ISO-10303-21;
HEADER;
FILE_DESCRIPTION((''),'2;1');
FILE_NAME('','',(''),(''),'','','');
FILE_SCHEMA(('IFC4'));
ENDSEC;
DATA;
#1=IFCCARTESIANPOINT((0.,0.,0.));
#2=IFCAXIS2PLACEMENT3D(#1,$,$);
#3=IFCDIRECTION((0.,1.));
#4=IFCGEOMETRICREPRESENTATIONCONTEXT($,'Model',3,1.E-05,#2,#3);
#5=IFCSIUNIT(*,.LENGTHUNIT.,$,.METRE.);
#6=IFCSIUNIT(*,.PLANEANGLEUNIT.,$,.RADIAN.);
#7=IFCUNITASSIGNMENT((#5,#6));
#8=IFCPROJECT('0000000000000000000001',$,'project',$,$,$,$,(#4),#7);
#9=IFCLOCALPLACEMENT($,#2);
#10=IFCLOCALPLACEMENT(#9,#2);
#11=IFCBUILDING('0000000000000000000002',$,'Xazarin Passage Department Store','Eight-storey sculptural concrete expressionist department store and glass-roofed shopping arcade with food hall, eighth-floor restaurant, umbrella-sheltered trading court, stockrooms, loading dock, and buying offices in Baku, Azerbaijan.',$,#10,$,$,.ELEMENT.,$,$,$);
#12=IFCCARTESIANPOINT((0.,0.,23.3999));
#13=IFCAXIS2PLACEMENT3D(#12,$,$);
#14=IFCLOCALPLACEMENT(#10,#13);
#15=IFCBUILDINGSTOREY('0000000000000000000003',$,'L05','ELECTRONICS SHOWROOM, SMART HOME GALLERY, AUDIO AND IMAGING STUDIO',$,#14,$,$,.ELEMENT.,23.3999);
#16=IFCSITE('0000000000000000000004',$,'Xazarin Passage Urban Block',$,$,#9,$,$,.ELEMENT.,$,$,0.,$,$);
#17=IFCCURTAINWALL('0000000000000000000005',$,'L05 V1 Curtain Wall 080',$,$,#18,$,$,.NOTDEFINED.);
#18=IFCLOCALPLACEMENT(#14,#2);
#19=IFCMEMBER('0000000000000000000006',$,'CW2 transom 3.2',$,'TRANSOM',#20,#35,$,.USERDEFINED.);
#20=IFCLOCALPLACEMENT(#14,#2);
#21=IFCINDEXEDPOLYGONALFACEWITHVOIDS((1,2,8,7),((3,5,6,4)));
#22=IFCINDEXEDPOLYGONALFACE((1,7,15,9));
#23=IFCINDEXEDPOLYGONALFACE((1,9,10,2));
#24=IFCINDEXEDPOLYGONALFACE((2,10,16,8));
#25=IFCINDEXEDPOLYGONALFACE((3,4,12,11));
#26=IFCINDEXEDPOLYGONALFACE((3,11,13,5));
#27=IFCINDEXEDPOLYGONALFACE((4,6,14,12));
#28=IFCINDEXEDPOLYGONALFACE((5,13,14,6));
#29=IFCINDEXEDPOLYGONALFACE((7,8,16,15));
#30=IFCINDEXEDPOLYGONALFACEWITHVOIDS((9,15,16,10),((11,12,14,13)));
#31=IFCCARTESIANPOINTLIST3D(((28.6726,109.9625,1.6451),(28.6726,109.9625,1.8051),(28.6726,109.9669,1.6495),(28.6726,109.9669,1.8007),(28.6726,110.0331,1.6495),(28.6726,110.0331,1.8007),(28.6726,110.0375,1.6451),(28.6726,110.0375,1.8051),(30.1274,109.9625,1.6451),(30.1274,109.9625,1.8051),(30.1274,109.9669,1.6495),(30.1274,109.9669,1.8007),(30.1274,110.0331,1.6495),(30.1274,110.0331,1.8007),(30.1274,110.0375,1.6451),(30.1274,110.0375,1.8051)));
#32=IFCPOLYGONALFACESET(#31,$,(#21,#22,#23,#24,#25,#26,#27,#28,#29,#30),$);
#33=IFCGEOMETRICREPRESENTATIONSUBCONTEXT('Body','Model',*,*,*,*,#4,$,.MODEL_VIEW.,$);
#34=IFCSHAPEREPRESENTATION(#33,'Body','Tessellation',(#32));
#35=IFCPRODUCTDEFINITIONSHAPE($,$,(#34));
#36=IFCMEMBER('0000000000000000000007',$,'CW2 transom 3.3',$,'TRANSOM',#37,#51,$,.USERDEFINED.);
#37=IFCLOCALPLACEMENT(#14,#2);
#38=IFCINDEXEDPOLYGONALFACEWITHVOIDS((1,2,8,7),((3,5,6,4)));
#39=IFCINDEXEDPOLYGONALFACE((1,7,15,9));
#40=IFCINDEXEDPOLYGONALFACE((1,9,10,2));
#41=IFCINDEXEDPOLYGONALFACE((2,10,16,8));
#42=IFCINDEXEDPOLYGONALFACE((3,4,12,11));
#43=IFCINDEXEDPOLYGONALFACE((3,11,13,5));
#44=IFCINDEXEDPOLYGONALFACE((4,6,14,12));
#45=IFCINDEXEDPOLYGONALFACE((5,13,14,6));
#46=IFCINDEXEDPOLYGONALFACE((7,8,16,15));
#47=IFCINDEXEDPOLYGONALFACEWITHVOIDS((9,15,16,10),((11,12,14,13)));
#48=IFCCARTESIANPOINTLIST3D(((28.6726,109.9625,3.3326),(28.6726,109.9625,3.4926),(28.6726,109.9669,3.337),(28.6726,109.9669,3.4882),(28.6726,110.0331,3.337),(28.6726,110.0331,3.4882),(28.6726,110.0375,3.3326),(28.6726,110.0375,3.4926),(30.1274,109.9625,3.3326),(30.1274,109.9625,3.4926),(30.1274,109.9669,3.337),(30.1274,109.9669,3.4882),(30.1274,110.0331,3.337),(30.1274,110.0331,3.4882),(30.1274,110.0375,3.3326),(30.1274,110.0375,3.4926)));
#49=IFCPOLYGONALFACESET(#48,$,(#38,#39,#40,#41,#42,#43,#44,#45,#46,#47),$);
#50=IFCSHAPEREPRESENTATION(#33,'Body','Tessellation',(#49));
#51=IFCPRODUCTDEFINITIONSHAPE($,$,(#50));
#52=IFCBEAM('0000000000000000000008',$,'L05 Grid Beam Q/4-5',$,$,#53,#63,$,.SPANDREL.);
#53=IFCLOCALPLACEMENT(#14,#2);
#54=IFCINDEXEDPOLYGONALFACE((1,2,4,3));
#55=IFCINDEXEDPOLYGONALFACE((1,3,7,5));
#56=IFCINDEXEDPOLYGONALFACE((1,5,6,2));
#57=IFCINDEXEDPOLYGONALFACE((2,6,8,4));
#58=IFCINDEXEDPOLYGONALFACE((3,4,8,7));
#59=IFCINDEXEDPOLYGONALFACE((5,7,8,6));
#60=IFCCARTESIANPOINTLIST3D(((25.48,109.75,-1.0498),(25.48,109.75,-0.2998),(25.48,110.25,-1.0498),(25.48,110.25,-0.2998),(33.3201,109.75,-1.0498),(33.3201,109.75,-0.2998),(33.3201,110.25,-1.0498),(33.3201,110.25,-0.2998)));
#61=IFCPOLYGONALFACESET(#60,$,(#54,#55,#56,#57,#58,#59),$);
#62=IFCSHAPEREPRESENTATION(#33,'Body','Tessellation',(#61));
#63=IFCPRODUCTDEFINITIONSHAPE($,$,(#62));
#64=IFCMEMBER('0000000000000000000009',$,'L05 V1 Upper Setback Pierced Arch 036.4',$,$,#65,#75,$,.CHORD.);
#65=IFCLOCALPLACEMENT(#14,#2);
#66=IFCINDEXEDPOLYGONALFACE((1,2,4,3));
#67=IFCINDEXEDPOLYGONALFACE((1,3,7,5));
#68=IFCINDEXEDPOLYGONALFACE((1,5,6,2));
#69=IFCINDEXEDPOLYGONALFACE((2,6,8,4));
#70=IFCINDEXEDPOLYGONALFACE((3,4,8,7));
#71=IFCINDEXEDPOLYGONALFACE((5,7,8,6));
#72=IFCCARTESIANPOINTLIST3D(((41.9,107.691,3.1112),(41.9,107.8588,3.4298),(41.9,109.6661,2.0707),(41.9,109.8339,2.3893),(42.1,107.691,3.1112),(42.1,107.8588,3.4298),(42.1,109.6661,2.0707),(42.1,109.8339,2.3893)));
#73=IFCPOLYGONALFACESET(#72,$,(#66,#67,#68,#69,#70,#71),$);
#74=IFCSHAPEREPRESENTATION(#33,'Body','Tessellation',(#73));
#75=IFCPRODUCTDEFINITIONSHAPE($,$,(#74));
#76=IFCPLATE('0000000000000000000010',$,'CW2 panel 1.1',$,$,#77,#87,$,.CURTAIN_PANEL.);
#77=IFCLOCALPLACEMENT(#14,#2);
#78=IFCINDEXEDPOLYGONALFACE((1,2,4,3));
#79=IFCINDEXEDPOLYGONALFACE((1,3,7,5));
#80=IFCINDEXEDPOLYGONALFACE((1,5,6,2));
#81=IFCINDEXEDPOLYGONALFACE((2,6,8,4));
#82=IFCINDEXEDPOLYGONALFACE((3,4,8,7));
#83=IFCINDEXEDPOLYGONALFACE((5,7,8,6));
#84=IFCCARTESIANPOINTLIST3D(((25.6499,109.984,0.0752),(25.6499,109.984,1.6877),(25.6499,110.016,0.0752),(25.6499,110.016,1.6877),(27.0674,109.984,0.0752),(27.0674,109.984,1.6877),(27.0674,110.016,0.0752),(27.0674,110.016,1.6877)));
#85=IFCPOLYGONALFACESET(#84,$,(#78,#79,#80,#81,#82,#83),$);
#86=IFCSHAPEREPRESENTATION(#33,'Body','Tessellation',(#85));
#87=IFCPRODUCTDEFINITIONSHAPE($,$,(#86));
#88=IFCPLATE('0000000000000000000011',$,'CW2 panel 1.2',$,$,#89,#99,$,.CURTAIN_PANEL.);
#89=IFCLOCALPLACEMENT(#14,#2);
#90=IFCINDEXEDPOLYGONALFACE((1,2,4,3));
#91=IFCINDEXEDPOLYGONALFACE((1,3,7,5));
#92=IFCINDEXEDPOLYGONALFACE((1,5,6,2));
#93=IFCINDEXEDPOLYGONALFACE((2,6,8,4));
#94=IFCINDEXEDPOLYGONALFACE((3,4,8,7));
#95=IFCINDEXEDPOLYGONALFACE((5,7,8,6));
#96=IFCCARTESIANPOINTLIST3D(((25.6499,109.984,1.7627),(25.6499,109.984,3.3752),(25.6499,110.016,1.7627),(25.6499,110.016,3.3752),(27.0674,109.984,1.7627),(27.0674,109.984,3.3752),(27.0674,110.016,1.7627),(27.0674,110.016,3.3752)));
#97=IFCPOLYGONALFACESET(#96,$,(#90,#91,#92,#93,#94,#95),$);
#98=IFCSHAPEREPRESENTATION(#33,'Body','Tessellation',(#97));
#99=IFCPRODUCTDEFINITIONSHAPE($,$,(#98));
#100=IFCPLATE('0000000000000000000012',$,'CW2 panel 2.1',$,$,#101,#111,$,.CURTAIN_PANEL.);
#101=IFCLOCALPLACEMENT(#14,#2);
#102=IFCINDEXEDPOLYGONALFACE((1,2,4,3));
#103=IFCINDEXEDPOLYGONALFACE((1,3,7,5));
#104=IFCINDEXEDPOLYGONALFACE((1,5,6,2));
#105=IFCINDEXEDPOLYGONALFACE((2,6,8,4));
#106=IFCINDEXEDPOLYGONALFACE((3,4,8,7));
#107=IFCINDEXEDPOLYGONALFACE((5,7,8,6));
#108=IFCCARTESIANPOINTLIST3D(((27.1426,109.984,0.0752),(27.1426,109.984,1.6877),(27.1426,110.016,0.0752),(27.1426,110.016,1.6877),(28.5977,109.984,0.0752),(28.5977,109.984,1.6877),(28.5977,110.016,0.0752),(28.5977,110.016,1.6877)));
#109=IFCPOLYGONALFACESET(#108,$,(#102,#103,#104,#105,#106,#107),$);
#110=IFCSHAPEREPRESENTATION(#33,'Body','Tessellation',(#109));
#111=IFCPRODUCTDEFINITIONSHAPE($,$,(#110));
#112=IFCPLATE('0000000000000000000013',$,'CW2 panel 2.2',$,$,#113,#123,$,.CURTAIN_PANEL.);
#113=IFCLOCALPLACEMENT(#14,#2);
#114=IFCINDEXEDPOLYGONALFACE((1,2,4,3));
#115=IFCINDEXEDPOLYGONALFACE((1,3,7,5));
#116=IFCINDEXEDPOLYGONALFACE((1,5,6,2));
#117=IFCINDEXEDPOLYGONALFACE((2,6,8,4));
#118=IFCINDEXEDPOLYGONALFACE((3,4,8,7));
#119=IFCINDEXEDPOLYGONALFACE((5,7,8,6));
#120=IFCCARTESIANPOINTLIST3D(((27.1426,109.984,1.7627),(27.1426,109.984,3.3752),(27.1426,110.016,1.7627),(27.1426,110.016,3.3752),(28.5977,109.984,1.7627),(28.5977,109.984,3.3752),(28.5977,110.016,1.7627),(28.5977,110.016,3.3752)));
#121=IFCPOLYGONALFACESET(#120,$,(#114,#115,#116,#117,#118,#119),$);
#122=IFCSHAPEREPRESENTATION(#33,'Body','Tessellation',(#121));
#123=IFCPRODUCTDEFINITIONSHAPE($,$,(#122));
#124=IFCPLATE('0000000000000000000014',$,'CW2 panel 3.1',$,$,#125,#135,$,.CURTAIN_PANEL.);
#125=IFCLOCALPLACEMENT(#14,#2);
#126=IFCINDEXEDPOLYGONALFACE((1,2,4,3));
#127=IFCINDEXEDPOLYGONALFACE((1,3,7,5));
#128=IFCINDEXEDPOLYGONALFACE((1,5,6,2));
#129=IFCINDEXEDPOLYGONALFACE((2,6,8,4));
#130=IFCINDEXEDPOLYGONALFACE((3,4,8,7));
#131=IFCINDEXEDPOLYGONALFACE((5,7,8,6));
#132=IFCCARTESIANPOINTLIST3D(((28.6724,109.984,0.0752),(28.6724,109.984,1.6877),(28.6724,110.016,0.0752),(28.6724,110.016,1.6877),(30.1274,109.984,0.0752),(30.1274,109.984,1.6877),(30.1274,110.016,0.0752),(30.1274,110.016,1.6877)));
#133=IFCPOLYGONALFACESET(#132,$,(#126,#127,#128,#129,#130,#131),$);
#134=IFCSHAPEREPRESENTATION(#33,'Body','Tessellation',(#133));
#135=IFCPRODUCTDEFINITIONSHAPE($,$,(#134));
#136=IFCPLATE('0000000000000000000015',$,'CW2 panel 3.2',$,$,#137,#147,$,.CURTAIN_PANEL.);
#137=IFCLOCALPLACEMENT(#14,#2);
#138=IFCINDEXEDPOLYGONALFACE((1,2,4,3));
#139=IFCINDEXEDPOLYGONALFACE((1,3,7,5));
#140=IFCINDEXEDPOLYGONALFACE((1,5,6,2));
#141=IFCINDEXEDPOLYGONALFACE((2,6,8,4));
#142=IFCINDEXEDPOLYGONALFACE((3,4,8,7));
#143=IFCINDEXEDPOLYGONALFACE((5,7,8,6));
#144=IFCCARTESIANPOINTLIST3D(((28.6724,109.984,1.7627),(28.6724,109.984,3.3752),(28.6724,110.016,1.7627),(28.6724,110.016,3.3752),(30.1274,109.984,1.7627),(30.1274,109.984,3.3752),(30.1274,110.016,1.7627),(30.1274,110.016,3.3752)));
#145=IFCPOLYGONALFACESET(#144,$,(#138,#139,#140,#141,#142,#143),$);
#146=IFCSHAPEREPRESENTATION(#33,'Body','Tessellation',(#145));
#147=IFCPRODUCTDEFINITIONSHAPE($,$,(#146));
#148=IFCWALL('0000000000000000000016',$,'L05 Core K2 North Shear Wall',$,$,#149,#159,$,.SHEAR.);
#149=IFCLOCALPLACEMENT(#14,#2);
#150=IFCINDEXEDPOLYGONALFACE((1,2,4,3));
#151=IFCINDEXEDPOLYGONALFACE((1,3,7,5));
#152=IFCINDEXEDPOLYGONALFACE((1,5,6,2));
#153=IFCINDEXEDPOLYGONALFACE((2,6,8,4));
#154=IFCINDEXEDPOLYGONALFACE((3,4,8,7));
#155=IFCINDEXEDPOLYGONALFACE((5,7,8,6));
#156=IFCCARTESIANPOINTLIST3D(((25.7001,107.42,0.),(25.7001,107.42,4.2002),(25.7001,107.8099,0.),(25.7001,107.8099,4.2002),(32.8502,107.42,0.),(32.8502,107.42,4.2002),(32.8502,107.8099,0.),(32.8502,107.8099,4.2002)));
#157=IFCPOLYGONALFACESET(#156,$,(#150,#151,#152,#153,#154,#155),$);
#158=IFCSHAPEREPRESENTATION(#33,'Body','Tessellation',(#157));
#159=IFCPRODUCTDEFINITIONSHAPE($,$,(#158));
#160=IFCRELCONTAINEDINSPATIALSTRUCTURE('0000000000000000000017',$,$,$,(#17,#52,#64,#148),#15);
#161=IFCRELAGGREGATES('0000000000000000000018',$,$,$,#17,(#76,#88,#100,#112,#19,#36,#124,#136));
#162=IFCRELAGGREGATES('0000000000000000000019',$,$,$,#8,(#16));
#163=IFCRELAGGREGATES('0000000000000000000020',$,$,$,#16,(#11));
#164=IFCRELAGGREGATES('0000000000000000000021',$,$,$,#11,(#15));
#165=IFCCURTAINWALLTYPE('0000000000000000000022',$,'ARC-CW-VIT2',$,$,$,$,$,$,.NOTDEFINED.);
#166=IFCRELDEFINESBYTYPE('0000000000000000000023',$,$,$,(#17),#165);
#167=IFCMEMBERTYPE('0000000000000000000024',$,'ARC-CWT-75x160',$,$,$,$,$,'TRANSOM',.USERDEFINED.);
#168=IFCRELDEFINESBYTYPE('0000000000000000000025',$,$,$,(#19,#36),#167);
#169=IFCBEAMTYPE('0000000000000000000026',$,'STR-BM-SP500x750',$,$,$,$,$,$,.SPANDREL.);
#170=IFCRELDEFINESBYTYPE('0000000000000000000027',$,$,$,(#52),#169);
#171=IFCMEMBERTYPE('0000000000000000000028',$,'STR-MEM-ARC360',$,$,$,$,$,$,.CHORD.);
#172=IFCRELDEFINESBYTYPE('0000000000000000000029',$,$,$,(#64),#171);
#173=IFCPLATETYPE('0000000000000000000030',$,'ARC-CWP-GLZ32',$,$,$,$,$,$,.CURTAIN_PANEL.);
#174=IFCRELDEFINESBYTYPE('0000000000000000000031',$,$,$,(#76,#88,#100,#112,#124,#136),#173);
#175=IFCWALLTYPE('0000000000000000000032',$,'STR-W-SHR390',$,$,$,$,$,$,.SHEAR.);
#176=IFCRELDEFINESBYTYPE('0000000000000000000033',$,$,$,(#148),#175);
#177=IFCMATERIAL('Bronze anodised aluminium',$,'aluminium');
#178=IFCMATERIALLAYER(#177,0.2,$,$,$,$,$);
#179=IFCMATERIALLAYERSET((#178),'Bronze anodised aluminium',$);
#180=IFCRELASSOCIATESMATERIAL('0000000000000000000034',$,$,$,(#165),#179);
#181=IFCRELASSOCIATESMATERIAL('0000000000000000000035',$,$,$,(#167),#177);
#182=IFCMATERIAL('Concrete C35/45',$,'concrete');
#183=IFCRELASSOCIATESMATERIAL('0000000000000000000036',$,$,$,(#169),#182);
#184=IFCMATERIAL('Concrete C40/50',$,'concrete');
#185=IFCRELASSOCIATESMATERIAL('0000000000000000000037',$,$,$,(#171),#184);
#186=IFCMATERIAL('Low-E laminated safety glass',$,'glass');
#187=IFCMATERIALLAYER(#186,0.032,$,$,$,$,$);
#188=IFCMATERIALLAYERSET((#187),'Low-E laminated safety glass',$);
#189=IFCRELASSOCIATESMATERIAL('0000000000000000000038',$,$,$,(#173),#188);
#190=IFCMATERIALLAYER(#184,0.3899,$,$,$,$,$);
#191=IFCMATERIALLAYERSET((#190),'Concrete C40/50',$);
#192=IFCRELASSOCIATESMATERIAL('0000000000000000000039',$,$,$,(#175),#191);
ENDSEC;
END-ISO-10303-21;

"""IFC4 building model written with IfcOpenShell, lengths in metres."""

from ifc_helpers import new_model, si_unit, direction, frame, frame_2d, origin, origin_2d, place, context, subcontext, project, spatial, rectangle, hollow_rectangle, extrude, material, layer, layer_set, material_profile, profile_set, type_object, element, aggregate, save


model = new_model("IFC4")

# Units and contexts
model_context = context("Model", 3, precision=1e-05, world=origin(), true_north=direction((0.0, 1.0)))
body_context = subcontext(model_context, "Body", "Model", "MODEL_VIEW")
ifc_project = project(units=[si_unit("LENGTHUNIT", "METRE"), si_unit("PLANEANGLEUNIT", "RADIAN")], contexts=[model_context])

# Site, building, storey
site_placement = place(None, origin())
site = spatial("IfcSite", under=ifc_project, at=site_placement, Name="Xazarin Passage Urban Block", CompositionType="ELEMENT", RefElevation=0.0)
building_placement = place(site_placement, origin())
building = spatial("IfcBuilding", under=site, at=building_placement, Name="Xazarin Passage Department Store", Description="Eight-storey sculptural concrete expressionist department store and glass-roofed shopping arcade with food hall, eighth-floor restaurant, umbrella-sheltered trading court, stockrooms, loading dock, and buying offices in Baku, Azerbaijan.", CompositionType="ELEMENT")
storey_placement = place(building_placement, frame((0.0, 0.0, 23.3999)))
storey = spatial("IfcBuildingStorey", under=building, at=storey_placement, Name="L05", Description="ELECTRONICS SHOWROOM, SMART HOME GALLERY, AUDIO AND IMAGING STUDIO", CompositionType="ELEMENT", Elevation=23.3999)

# Curtain wall, members
ifc_material_1 = material(Name="Bronze anodised aluminium", Category="aluminium")
ifc_layer_1 = layer(ifc_material_1, 0.2)
ifc_layer_set_1 = layer_set([ifc_layer_1], Name="Bronze anodised aluminium")
curtain_wall_type = type_object("IfcCurtainWallType", Name="ARC-CW-VIT2", PredefinedType="NOTDEFINED", material=ifc_layer_set_1)
curtain_wall_placement = place(storey_placement, origin())
curtain_wall = element("IfcCurtainWall", 1, at=curtain_wall_placement, inside=storey, type_object=curtain_wall_type, Name="L05 V1 Curtain Wall 080", PredefinedType="NOTDEFINED")
ifc_material_profile_1 = material_profile(ifc_material_1, hollow_rectangle(XDim=0.075, YDim=0.1599, WallThickness=0.0044, at=origin_2d()), Name="ALU 75x160")
ifc_profile_set_1 = profile_set([ifc_material_profile_1], Name="Bronze anodised aluminium")
member_type_1 = type_object("IfcMemberType", Name="ARC-CWT-75x160", ElementType="TRANSOM", PredefinedType="USERDEFINED", material=ifc_profile_set_1)
member_1_placement = place(storey_placement, frame((28.6726, 110.0, 1.7251), z_axis=(1.0, 0.0, 0.0), x_axis=(0.0, 1.0, 0.0)))
member_1 = element("IfcMember", 2, at=member_1_placement, type_object=member_type_1, Name="CW2 transom 3.2", ObjectType="TRANSOM", PredefinedType="USERDEFINED", context=body_context, shape_type="SweptSolid", body=[
    extrude(hollow_rectangle(XDim=0.075, YDim=0.1599, WallThickness=0.0044, at=origin_2d()), origin(), (0.0, 0.0, 1.0), 1.4548),
])
member_2_placement = place(storey_placement, frame((28.6726, 110.0, 3.4126), z_axis=(1.0, 0.0, 0.0), x_axis=(0.0, 1.0, 0.0)))
member_2 = element("IfcMember", 3, at=member_2_placement, type_object=member_type_1, Name="CW2 transom 3.3", ObjectType="TRANSOM", PredefinedType="USERDEFINED", context=body_context, shape_type="SweptSolid", body=[
    extrude(hollow_rectangle(XDim=0.075, YDim=0.1599, WallThickness=0.0044, at=origin_2d()), origin(), (0.0, 0.0, 1.0), 1.4548),
])

# Beam
ifc_material_2 = material(Name="Concrete C35/45", Category="concrete")
ifc_material_profile_2 = material_profile(ifc_material_2, rectangle(XDim=0.5, YDim=0.75, at=origin_2d()), Name="RC 500x750")
ifc_profile_set_2 = profile_set([ifc_material_profile_2], Name="Concrete C35/45")
beam_type = type_object("IfcBeamType", Name="STR-BM-SP500x750", PredefinedType="SPANDREL", material=ifc_profile_set_2)
beam_placement = place(storey_placement, frame((25.48, 110.0, -0.6748), z_axis=(1.0, 0.0, 0.0), x_axis=(0.0, 1.0, 0.0)))
element("IfcBeam", 4, at=beam_placement, inside=storey, type_object=beam_type, Name="L05 Grid Beam Q/4-5", PredefinedType="SPANDREL", context=body_context, shape_type="SweptSolid", body=[
    extrude(rectangle(XDim=0.5, YDim=0.75, at=origin_2d()), origin(), (0.0, 0.0, 1.0), 7.8401),
])

# Member
ifc_material_3 = material(Name="Concrete C40/50", Category="concrete")
ifc_material_profile_3 = material_profile(ifc_material_3, rectangle(XDim=0.2, YDim=0.3601, at=origin_2d()), Name="RC 200x360")
ifc_profile_set_3 = profile_set([ifc_material_profile_3], Name="Concrete C40/50")
member_type_2 = type_object("IfcMemberType", Name="STR-MEM-ARC360", PredefinedType="CHORD", material=ifc_profile_set_3)
member_3_placement = place(storey_placement, frame((42.0, 107.7749, 3.2705), z_axis=(0.0, 0.884733, -0.466098), x_axis=(-1.0, 0.0, 0.0)))
element("IfcMember", 5, at=member_3_placement, inside=storey, type_object=member_type_2, Name="L05 V1 Upper Setback Pierced Arch 036.4", PredefinedType="CHORD", context=body_context, shape_type="SweptSolid", body=[
    extrude(rectangle(XDim=0.2, YDim=0.3601, at=origin_2d()), origin(), (0.0, 0.0, 1.0), 2.2324),
])

# Plates
ifc_material_4 = material(Name="Low-E laminated safety glass", Category="glass")
ifc_layer_2 = layer(ifc_material_4, 0.032)
ifc_layer_set_2 = layer_set([ifc_layer_2], Name="Low-E laminated safety glass")
plate_type = type_object("IfcPlateType", Name="ARC-CWP-GLZ32", PredefinedType="CURTAIN_PANEL", material=ifc_layer_set_2)
plate_1_placement = place(storey_placement, frame((26.3586, 110.0, 0.0752), z_axis=(0.0, 0.0, 1.0), x_axis=(1.0, 0.0, 0.0)))
plate_1 = element("IfcPlate", 6, at=plate_1_placement, type_object=plate_type, Name="CW2 panel 1.1", PredefinedType="CURTAIN_PANEL", context=body_context, shape_type="SweptSolid", body=[
    extrude(rectangle(XDim=1.4175, YDim=0.032, at=origin_2d()), origin(), (0.0, 0.0, 1.0), 1.6125),
])
plate_2_placement = place(storey_placement, frame((26.3586, 110.0, 1.7627), z_axis=(0.0, 0.0, 1.0), x_axis=(1.0, 0.0, 0.0)))
plate_2 = element("IfcPlate", 7, at=plate_2_placement, type_object=plate_type, Name="CW2 panel 1.2", PredefinedType="CURTAIN_PANEL", context=body_context, shape_type="SweptSolid", body=[
    extrude(rectangle(XDim=1.4175, YDim=0.032, at=origin_2d()), origin(), (0.0, 0.0, 1.0), 1.6125),
])
plate_3_placement = place(storey_placement, frame((27.8701, 110.0, 0.0752), z_axis=(0.0, 0.0, 1.0), x_axis=(1.0, 0.0, 0.0)))
plate_3 = element("IfcPlate", 8, at=plate_3_placement, type_object=plate_type, Name="CW2 panel 2.1", PredefinedType="CURTAIN_PANEL", context=body_context, shape_type="SweptSolid", body=[
    extrude(rectangle(XDim=1.4551, YDim=0.032, at=origin_2d()), origin(), (0.0, 0.0, 1.0), 1.6125),
])
plate_4_placement = place(storey_placement, frame((27.8701, 110.0, 1.7627), z_axis=(0.0, 0.0, 1.0), x_axis=(1.0, 0.0, 0.0)))
plate_4 = element("IfcPlate", 9, at=plate_4_placement, type_object=plate_type, Name="CW2 panel 2.2", PredefinedType="CURTAIN_PANEL", context=body_context, shape_type="SweptSolid", body=[
    extrude(rectangle(XDim=1.4551, YDim=0.032, at=origin_2d()), origin(), (0.0, 0.0, 1.0), 1.6125),
])
plate_5_placement = place(storey_placement, frame((29.3999, 110.0, 0.0752), z_axis=(0.0, 0.0, 1.0), x_axis=(1.0, 0.0, 0.0)))
plate_5 = element("IfcPlate", 10, at=plate_5_placement, type_object=plate_type, Name="CW2 panel 3.1", PredefinedType="CURTAIN_PANEL", context=body_context, shape_type="SweptSolid", body=[
    extrude(rectangle(XDim=1.4551, YDim=0.032, at=origin_2d()), origin(), (0.0, 0.0, 1.0), 1.6125),
])
plate_6_placement = place(storey_placement, frame((29.3999, 110.0, 1.7627), z_axis=(0.0, 0.0, 1.0), x_axis=(1.0, 0.0, 0.0)))
plate_6 = element("IfcPlate", 11, at=plate_6_placement, type_object=plate_type, Name="CW2 panel 3.2", PredefinedType="CURTAIN_PANEL", context=body_context, shape_type="SweptSolid", body=[
    extrude(rectangle(XDim=1.4551, YDim=0.032, at=origin_2d()), origin(), (0.0, 0.0, 1.0), 1.6125),
])
aggregate(curtain_wall, [plate_1, plate_2, plate_3, plate_4, member_1, member_2, plate_5, plate_6])

# Shared definitions
ifc_layer_3 = layer(ifc_material_3, 0.3899)
ifc_layer_set_3 = layer_set([ifc_layer_3], Name="Concrete C40/50")
wall_type = type_object("IfcWallType", Name="STR-W-SHR390", PredefinedType="SHEAR", material=ifc_layer_set_3)

# Wall
wall_1_placement = place(storey_placement, frame((25.7, 107.615, 0.0), z_axis=(0.0, 0.0, 1.0), x_axis=(1.0, 0.0, 0.0)))
element("IfcWall", 12, at=wall_1_placement, inside=storey, type_object=wall_type, Name="L05 Core K2 North Shear Wall", PredefinedType="SHEAR", context=body_context, shape_type="SweptSolid", body=[
    extrude(rectangle(XDim=7.1501, YDim=0.3899, at=frame_2d((3.5752, 0.0))), origin(), (0.0, 0.0, 1.0), 4.2002),
])

save(model, "model.ifc")
